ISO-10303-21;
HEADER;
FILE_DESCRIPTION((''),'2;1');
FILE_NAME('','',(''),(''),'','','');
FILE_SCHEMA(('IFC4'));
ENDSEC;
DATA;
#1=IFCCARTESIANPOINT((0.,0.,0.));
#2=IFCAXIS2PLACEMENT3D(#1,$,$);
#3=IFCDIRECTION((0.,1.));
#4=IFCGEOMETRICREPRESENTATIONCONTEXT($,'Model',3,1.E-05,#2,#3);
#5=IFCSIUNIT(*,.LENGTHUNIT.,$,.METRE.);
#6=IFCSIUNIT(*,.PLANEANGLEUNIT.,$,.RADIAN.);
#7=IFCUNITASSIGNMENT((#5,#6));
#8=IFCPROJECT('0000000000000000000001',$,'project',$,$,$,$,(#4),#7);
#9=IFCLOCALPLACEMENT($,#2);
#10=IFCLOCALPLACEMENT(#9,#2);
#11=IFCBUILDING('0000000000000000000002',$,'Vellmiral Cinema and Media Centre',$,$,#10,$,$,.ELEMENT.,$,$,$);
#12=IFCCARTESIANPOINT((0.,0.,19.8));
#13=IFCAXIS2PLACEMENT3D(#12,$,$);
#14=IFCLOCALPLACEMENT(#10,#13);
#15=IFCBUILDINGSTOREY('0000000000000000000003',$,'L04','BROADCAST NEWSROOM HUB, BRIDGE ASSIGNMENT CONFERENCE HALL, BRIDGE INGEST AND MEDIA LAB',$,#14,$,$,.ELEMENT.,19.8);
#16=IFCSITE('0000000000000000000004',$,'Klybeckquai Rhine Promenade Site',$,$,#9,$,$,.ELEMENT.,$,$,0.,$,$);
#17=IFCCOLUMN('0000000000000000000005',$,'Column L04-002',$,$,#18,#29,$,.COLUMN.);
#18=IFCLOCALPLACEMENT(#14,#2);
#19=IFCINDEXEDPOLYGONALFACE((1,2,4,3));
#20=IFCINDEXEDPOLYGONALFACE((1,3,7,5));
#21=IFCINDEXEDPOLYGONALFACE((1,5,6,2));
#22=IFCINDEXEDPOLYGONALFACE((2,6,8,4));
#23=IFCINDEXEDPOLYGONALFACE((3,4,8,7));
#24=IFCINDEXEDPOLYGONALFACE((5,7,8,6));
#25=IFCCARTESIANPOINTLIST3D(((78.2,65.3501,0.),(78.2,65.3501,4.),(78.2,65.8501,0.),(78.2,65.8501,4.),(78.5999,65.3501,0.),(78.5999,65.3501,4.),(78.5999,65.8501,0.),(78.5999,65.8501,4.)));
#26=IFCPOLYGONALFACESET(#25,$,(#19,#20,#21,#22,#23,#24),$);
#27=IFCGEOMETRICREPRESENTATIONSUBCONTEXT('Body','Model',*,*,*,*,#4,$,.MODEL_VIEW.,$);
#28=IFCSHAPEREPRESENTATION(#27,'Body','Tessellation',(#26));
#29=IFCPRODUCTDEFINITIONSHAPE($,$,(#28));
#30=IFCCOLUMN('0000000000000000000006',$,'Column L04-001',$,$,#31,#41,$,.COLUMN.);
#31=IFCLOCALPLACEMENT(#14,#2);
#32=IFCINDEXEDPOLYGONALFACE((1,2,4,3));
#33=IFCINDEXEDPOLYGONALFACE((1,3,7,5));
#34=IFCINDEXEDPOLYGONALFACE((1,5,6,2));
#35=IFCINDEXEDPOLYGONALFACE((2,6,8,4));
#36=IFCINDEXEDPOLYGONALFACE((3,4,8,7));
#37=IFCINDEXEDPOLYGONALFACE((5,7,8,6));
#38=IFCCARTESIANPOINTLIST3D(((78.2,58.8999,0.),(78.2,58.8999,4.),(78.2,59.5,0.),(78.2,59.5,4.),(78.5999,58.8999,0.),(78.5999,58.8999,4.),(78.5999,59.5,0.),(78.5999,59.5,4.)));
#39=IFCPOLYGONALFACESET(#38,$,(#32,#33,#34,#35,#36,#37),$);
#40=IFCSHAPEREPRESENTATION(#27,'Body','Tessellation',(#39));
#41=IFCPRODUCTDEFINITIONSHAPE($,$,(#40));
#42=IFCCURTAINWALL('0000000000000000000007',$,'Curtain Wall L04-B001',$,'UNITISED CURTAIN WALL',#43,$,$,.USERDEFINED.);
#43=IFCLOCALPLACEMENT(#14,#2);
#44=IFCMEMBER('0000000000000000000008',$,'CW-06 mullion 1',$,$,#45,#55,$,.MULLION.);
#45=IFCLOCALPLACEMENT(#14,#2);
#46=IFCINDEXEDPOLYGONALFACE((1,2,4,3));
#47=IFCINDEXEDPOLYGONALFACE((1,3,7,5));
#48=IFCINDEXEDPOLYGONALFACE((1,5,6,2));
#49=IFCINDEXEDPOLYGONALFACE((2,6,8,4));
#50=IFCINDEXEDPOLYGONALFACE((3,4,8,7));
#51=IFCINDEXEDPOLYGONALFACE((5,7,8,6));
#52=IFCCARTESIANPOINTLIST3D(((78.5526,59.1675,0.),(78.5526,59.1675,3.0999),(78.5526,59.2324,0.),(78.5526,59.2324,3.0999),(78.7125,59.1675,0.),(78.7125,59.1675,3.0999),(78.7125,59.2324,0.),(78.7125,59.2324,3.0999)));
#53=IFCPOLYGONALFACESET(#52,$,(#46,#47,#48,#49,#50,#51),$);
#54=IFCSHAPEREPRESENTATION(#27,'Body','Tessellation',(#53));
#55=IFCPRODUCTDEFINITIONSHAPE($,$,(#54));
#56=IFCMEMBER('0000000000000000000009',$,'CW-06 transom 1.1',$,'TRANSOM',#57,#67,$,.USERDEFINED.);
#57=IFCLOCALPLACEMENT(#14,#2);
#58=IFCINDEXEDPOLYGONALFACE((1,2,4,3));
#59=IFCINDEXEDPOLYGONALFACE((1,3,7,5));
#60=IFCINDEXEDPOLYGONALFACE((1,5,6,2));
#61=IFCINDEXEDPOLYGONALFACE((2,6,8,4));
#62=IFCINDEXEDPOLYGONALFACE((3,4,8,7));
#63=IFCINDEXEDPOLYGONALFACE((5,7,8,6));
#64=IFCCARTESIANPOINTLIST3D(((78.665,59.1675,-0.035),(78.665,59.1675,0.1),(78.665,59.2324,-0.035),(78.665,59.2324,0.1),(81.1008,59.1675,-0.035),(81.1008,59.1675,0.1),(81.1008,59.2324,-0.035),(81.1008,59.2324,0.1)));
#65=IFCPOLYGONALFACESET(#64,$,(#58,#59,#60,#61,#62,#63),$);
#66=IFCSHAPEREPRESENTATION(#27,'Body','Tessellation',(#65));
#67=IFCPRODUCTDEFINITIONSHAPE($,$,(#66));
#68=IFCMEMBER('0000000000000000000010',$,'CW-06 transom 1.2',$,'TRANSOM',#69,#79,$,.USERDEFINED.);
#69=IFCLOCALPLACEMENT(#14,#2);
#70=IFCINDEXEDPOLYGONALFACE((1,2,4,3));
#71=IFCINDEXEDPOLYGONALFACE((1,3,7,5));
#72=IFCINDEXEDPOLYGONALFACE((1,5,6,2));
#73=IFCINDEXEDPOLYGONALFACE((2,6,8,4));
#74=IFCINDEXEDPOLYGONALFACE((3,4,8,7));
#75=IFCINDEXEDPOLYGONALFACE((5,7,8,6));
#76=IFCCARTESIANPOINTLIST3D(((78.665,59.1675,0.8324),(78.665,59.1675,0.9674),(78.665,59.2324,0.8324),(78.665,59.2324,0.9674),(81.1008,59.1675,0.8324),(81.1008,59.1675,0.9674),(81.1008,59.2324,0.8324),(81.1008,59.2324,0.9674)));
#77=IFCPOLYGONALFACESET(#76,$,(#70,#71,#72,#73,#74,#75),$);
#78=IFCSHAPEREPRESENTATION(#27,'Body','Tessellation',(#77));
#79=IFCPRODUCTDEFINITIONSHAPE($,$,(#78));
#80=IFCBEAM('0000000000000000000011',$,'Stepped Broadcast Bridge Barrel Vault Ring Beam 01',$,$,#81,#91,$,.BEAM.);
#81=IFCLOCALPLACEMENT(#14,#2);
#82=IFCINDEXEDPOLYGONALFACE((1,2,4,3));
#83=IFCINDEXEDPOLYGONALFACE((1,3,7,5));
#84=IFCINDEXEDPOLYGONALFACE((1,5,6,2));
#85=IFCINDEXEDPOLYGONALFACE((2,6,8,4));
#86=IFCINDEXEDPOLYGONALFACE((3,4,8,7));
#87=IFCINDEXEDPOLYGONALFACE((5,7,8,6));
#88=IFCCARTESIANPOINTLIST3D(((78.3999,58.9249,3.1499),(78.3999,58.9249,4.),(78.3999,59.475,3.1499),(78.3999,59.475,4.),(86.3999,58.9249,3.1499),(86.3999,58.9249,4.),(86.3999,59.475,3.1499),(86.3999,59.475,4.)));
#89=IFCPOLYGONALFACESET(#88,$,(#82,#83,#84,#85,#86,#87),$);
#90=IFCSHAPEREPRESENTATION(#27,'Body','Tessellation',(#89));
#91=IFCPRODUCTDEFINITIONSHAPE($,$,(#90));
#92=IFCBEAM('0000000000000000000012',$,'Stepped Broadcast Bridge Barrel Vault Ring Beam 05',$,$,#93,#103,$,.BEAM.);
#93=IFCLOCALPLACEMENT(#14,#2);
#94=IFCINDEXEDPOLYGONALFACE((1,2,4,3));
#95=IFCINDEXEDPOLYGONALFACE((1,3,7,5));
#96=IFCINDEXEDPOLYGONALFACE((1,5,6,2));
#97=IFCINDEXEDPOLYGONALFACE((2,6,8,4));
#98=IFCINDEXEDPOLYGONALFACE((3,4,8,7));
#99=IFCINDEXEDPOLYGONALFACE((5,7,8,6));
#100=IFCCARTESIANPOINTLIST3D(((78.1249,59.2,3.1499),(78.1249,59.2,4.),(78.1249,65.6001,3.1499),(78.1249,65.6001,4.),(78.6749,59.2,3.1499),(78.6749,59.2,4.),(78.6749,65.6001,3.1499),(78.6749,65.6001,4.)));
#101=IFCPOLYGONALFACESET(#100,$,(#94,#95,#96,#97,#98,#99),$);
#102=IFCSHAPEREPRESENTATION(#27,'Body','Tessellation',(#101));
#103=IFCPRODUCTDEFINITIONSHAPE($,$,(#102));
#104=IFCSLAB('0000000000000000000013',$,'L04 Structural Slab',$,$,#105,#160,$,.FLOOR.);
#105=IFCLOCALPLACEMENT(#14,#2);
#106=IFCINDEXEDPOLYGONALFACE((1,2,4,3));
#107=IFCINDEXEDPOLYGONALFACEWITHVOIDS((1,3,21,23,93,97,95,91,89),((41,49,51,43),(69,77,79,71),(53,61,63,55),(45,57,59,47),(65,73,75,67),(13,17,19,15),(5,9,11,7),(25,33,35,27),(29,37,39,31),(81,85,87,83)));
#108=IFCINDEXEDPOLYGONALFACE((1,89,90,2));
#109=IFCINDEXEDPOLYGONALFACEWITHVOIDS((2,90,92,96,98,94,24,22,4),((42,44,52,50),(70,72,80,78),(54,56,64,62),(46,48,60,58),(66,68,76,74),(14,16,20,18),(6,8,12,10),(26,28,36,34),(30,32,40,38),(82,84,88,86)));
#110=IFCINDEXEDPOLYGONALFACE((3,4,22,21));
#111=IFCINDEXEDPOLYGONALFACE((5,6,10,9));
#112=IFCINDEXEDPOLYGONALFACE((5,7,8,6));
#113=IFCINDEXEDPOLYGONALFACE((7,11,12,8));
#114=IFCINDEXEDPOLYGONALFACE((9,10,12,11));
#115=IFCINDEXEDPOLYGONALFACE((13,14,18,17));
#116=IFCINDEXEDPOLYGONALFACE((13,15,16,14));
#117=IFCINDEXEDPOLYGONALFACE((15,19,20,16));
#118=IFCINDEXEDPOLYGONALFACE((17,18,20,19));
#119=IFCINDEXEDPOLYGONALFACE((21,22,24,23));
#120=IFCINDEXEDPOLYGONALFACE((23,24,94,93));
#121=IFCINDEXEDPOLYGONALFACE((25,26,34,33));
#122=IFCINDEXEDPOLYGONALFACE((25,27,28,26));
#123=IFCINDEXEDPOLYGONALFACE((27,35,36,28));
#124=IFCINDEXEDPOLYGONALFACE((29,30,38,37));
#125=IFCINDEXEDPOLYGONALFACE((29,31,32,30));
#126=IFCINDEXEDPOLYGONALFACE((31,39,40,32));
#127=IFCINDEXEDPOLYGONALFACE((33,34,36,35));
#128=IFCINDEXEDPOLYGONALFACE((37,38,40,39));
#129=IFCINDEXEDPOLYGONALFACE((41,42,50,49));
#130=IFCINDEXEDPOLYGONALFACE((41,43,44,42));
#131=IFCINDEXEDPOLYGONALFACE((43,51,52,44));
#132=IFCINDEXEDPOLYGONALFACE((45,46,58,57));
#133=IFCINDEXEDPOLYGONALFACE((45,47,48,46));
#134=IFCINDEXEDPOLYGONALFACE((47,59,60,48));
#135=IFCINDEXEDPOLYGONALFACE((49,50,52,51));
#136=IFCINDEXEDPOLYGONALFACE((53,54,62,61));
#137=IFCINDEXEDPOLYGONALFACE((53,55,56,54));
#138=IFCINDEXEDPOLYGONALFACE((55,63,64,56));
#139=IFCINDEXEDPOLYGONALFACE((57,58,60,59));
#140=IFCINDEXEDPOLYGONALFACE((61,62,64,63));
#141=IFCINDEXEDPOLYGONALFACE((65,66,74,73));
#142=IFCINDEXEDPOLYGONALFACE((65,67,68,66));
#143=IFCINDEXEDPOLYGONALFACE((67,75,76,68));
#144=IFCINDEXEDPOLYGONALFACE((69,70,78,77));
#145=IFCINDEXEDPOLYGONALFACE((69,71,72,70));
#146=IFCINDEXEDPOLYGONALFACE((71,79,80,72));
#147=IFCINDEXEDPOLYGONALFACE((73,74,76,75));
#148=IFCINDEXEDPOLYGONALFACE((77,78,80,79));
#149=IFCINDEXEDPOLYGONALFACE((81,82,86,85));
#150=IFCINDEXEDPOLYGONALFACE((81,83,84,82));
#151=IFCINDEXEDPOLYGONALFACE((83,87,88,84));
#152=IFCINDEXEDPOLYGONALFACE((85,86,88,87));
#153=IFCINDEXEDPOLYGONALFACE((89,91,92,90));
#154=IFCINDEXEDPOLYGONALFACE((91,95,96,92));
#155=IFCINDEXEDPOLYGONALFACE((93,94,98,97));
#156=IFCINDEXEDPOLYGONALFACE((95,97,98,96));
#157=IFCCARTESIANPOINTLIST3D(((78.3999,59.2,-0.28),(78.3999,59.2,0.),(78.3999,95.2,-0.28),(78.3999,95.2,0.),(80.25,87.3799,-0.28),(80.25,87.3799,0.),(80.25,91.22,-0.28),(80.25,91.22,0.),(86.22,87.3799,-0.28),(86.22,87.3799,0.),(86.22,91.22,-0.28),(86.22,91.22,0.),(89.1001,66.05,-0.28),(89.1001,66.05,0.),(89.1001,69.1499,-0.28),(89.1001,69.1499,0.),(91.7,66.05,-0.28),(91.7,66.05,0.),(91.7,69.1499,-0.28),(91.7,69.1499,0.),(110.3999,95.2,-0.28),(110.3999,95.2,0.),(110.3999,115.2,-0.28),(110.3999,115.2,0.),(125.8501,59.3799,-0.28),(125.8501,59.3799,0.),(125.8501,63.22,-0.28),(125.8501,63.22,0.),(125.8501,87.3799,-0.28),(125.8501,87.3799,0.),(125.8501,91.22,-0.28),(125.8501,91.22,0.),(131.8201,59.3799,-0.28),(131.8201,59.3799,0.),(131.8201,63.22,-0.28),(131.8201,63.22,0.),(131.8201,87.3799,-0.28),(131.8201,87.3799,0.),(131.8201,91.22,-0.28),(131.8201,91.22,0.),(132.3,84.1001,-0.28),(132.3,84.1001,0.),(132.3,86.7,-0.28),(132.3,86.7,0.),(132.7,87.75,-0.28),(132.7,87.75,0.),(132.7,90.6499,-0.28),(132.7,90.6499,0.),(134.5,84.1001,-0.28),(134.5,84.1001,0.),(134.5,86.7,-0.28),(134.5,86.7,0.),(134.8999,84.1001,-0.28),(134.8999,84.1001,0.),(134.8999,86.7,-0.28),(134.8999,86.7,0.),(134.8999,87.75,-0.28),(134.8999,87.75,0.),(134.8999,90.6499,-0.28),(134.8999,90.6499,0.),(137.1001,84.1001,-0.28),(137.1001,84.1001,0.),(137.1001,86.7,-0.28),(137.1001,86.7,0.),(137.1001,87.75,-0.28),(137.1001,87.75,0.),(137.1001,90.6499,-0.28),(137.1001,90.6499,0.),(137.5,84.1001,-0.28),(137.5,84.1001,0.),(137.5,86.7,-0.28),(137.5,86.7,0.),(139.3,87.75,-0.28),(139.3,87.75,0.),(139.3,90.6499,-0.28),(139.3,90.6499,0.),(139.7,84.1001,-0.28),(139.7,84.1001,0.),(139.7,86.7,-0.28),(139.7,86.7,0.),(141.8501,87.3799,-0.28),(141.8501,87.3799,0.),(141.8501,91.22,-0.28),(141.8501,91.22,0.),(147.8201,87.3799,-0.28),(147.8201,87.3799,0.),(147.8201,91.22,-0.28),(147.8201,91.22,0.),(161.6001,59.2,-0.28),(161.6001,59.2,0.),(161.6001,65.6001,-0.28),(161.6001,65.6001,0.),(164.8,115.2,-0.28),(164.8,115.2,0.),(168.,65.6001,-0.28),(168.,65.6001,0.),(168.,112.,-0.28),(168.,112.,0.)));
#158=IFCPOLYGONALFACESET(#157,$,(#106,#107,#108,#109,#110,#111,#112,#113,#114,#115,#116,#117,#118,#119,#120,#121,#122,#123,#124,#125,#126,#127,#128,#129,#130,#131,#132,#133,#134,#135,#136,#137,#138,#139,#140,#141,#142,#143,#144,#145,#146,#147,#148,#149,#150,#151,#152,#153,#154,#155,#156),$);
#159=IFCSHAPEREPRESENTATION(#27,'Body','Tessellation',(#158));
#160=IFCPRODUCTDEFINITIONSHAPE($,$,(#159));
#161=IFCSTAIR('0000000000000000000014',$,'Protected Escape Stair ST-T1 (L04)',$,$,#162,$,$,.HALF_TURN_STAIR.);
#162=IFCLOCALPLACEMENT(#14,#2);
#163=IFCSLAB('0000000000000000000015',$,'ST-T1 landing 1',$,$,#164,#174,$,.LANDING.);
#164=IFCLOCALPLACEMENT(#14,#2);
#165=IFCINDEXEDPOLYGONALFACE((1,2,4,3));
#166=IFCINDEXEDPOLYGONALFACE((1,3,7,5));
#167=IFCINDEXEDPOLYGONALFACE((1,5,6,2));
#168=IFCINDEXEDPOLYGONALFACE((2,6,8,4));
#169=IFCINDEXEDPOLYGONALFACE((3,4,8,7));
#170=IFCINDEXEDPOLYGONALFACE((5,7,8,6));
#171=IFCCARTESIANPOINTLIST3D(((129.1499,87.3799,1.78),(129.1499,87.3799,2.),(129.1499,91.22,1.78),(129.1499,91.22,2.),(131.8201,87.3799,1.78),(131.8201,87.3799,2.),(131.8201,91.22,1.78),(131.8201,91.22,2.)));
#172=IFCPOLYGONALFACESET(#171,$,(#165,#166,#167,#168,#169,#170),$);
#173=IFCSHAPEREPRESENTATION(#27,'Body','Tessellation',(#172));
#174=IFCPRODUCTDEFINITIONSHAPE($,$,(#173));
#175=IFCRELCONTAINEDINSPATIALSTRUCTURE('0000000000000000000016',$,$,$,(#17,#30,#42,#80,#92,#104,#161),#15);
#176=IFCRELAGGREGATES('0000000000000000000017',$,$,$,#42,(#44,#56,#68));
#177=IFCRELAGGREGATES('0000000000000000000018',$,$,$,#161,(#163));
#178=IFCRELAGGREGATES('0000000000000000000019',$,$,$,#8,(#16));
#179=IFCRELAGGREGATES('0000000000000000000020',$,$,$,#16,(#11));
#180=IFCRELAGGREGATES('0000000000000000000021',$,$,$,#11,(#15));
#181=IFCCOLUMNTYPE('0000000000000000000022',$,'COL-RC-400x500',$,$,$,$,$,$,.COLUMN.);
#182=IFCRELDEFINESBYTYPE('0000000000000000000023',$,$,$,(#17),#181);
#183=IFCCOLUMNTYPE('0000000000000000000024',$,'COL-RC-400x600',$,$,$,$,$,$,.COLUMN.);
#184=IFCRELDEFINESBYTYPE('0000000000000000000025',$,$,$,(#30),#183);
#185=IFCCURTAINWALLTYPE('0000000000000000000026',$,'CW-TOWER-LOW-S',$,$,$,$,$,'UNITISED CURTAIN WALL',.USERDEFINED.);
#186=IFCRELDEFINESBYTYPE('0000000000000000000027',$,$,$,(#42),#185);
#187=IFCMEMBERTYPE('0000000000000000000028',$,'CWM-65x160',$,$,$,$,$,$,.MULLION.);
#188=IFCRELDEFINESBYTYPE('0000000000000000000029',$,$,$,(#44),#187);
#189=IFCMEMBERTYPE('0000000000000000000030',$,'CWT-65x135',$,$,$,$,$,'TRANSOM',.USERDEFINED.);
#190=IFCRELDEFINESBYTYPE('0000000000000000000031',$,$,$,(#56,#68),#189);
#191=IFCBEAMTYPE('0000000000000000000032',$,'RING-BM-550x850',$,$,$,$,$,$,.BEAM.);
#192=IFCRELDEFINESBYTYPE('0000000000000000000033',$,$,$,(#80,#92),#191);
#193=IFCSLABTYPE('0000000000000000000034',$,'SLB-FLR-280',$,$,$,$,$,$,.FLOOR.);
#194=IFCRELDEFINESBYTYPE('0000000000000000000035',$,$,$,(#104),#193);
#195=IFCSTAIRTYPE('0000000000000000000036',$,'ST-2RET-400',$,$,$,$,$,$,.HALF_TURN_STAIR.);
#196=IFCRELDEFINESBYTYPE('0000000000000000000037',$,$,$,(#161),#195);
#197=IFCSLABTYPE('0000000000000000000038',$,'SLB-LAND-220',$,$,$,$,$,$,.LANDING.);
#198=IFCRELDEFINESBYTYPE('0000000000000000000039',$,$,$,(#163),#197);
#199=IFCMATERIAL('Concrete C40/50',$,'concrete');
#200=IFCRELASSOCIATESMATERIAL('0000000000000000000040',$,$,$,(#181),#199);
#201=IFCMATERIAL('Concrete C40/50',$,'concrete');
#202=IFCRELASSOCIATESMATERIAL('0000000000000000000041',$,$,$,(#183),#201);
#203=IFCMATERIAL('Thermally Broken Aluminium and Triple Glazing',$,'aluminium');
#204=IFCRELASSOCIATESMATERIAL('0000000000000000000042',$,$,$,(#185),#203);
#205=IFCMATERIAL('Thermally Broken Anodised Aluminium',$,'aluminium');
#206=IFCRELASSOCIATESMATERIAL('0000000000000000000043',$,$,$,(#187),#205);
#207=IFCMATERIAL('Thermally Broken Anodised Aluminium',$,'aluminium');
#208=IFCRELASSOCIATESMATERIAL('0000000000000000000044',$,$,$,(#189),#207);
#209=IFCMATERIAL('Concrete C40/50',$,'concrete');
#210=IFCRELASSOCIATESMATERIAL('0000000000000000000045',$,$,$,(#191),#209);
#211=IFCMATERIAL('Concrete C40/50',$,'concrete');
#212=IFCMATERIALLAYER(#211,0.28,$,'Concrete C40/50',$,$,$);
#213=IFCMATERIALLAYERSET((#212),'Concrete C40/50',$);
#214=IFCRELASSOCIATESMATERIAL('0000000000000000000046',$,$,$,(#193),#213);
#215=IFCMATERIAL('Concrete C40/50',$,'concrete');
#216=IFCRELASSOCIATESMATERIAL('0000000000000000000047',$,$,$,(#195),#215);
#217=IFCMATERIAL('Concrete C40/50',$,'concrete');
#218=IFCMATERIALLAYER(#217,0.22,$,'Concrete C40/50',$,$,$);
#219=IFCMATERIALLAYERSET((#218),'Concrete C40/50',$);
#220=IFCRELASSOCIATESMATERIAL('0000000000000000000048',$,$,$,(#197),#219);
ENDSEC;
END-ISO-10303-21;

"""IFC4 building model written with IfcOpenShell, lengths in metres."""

from ifc_helpers import new_model, si_unit, direction, frame, origin, origin_2d, place, context, subcontext, project, spatial, polyline, rectangle, outline, extrude, material, layer, layer_set, material_profile, profile_set, type_object, element, aggregate, save


model = new_model("IFC4")

# Units and contexts
model_context = context("Model", 3, precision=1e-05, world=origin(), true_north=direction((0.0, 1.0)))
body_context = subcontext(model_context, "Body", "Model", "MODEL_VIEW")
ifc_project = project(units=[si_unit("LENGTHUNIT", "METRE"), si_unit("PLANEANGLEUNIT", "RADIAN")], contexts=[model_context])

# Site, building, storey
site_placement = place(None, origin())
site = spatial("IfcSite", under=ifc_project, at=site_placement, Name="Klybeckquai Rhine Promenade Site", CompositionType="ELEMENT", RefElevation=0.0)
building_placement = place(site_placement, origin())
building = spatial("IfcBuilding", under=site, at=building_placement, Name="Vellmiral Cinema and Media Centre", CompositionType="ELEMENT")
storey_placement = place(building_placement, frame((0.0, 0.0, 19.8)))
storey = spatial("IfcBuildingStorey", under=building, at=storey_placement, Name="L04", Description="BROADCAST NEWSROOM HUB, BRIDGE ASSIGNMENT CONFERENCE HALL, BRIDGE INGEST AND MEDIA LAB", CompositionType="ELEMENT", Elevation=19.8)

# Columns
ifc_material_1 = material(Name="Concrete C40/50", Category="concrete")
ifc_material_profile_1 = material_profile(ifc_material_1, rectangle(XDim=0.3999, YDim=0.5, at=origin_2d()), Name="RC 400x500")
ifc_profile_set_1 = profile_set([ifc_material_profile_1], Name="Concrete C40/50")
column_type_1 = type_object("IfcColumnType", Name="COL-RC-400x500", PredefinedType="COLUMN", material=ifc_profile_set_1)
column_1_placement = place(storey_placement, frame((78.3999, 65.6001, 0.0), z_axis=(0.0, 0.0, 1.0), x_axis=(1.0, 0.0, 0.0)))
element("IfcColumn", 1, at=column_1_placement, inside=storey, type_object=column_type_1, Name="Column L04-002", PredefinedType="COLUMN", context=body_context, shape_type="SweptSolid", body=[
    extrude(rectangle(XDim=0.3999, YDim=0.5, at=origin_2d()), origin(), (0.0, 0.0, 1.0), 4.0),
])
ifc_material_2 = material(Name="Concrete C40/50", Category="concrete")
ifc_material_profile_2 = material_profile(ifc_material_2, rectangle(XDim=0.3999, YDim=0.6001, at=origin_2d()), Name="RC 400x600")
ifc_profile_set_2 = profile_set([ifc_material_profile_2], Name="Concrete C40/50")
column_type_2 = type_object("IfcColumnType", Name="COL-RC-400x600", PredefinedType="COLUMN", material=ifc_profile_set_2)
column_2_placement = place(storey_placement, frame((78.3999, 59.2, 0.0), z_axis=(0.0, 0.0, 1.0), x_axis=(1.0, 0.0, 0.0)))
element("IfcColumn", 2, at=column_2_placement, inside=storey, type_object=column_type_2, Name="Column L04-001", PredefinedType="COLUMN", context=body_context, shape_type="SweptSolid", body=[
    extrude(rectangle(XDim=0.3999, YDim=0.6001, at=origin_2d()), origin(), (0.0, 0.0, 1.0), 4.0),
])

# Curtain wall, members
ifc_material_3 = material(Name="Thermally Broken Aluminium and Triple Glazing", Category="aluminium")
curtain_wall_type = type_object("IfcCurtainWallType", Name="CW-TOWER-LOW-S", ElementType="UNITISED CURTAIN WALL", PredefinedType="USERDEFINED", material=ifc_material_3)
curtain_wall_placement = place(storey_placement, origin())
curtain_wall = element("IfcCurtainWall", 3, at=curtain_wall_placement, inside=storey, type_object=curtain_wall_type, Name="Curtain Wall L04-B001", ObjectType="UNITISED CURTAIN WALL", PredefinedType="USERDEFINED")
ifc_material_4 = material(Name="Thermally Broken Anodised Aluminium", Category="aluminium")
ifc_material_profile_3 = material_profile(ifc_material_4, rectangle(XDim=0.0649, YDim=0.1599, at=origin_2d()), Name="MULL 65x160")
ifc_profile_set_3 = profile_set([ifc_material_profile_3], Name="Thermally Broken Anodised Aluminium")
member_type_1 = type_object("IfcMemberType", Name="CWM-65x160", PredefinedType="MULLION", material=ifc_profile_set_3)
member_1_placement = place(storey_placement, frame((78.6326, 59.2, 0.0), z_axis=(0.0, 0.0, 1.0), x_axis=(0.0, 1.0, 0.0)))
member_1 = element("IfcMember", 4, at=member_1_placement, type_object=member_type_1, Name="CW-06 mullion 1", PredefinedType="MULLION", context=body_context, shape_type="SweptSolid", body=[
    extrude(rectangle(XDim=0.0649, YDim=0.1599, at=origin_2d()), origin(), (0.0, 0.0, 1.0), 3.0999),
])
ifc_material_5 = material(Name="Thermally Broken Anodised Aluminium", Category="aluminium")
ifc_material_profile_4 = material_profile(ifc_material_5, rectangle(XDim=0.0649, YDim=0.135, at=origin_2d()), Name="MULL 65x135")
ifc_profile_set_4 = profile_set([ifc_material_profile_4], Name="Thermally Broken Anodised Aluminium")
member_type_2 = type_object("IfcMemberType", Name="CWT-65x135", ElementType="TRANSOM", PredefinedType="USERDEFINED", material=ifc_profile_set_4)
member_2_placement = place(storey_placement, frame((78.665, 59.2, 0.0325), z_axis=(1.0, 0.0, 0.0), x_axis=(0.0, 1.0, 0.0)))
member_2 = element("IfcMember", 5, at=member_2_placement, type_object=member_type_2, Name="CW-06 transom 1.1", ObjectType="TRANSOM", PredefinedType="USERDEFINED", context=body_context, shape_type="SweptSolid", body=[
    extrude(rectangle(XDim=0.0649, YDim=0.135, at=origin_2d()), origin(), (0.0, 0.0, 1.0), 2.4358),
])
member_3_placement = place(storey_placement, frame((78.665, 59.2, 0.8999), z_axis=(1.0, 0.0, 0.0), x_axis=(0.0, 1.0, 0.0)))
member_3 = element("IfcMember", 6, at=member_3_placement, type_object=member_type_2, Name="CW-06 transom 1.2", ObjectType="TRANSOM", PredefinedType="USERDEFINED", context=body_context, shape_type="SweptSolid", body=[
    extrude(rectangle(XDim=0.0649, YDim=0.135, at=origin_2d()), origin(), (0.0, 0.0, 1.0), 2.4358),
])
aggregate(curtain_wall, [member_1, member_2, member_3])

# Beams
ifc_material_6 = material(Name="Concrete C40/50", Category="concrete")
ifc_material_profile_5 = material_profile(ifc_material_6, rectangle(XDim=0.55, YDim=0.8501, at=origin_2d()), Name="RC 550x850")
ifc_profile_set_5 = profile_set([ifc_material_profile_5], Name="Concrete C40/50")
beam_type = type_object("IfcBeamType", Name="RING-BM-550x850", PredefinedType="BEAM", material=ifc_profile_set_5)
beam_1_placement = place(storey_placement, frame((78.3999, 59.2, 3.575), z_axis=(1.0, 0.0, 0.0), x_axis=(0.0, 1.0, 0.0)))
element("IfcBeam", 7, at=beam_1_placement, inside=storey, type_object=beam_type, Name="Stepped Broadcast Bridge Barrel Vault Ring Beam 01", PredefinedType="BEAM", context=body_context, shape_type="SweptSolid", body=[
    extrude(rectangle(XDim=0.55, YDim=0.8501, at=origin_2d()), origin(), (0.0, 0.0, 1.0), 8.0),
])
beam_2_placement = place(storey_placement, frame((78.3999, 59.2, 3.575), z_axis=(0.0, 1.0, 0.0), x_axis=(-1.0, 0.0, 0.0)))
element("IfcBeam", 8, at=beam_2_placement, inside=storey, type_object=beam_type, Name="Stepped Broadcast Bridge Barrel Vault Ring Beam 05", PredefinedType="BEAM", context=body_context, shape_type="SweptSolid", body=[
    extrude(rectangle(XDim=0.55, YDim=0.8501, at=origin_2d()), origin(), (0.0, 0.0, 1.0), 6.4001),
])

# Slab
ifc_material_7 = material(Name="Concrete C40/50", Category="concrete")
ifc_layer_1 = layer(ifc_material_7, 0.28, Name="Concrete C40/50")
ifc_layer_set_1 = layer_set([ifc_layer_1], Name="Concrete C40/50")
slab_type_1 = type_object("IfcSlabType", Name="SLB-FLR-280", PredefinedType="FLOOR", material=ifc_layer_set_1)
slab_1_placement = place(storey_placement, frame((0.0, 0.0, -0.28)))
element("IfcSlab", 9, at=slab_1_placement, inside=storey, type_object=slab_type_1, Name="L04 Structural Slab", PredefinedType="FLOOR", context=body_context, shape_type="SweptSolid", body=[
    extrude(outline(polyline([(78.3999, 59.2), (161.6001, 59.2), (161.6001, 65.6001), (168.0, 65.6001), (168.0, 112.0), (164.8, 115.2), (110.3999, 115.2), (110.3999, 95.2), (78.3999, 95.2), (78.3999, 59.2)]), holes=[polyline([(80.25, 87.3799), (86.22, 87.3799), (86.22, 91.22), (80.25, 91.22), (80.25, 87.3799)]), polyline([(125.8501, 59.3799), (131.8201, 59.3799), (131.8201, 63.22), (125.8501, 63.22), (125.8501, 59.3799)]), polyline([(125.8501, 87.3799), (131.8201, 87.3799), (131.8201, 91.22), (125.8501, 91.22), (125.8501, 87.3799)]), polyline([(141.8501, 87.3799), (147.8201, 87.3799), (147.8201, 91.22), (141.8501, 91.22), (141.8501, 87.3799)]), polyline([(132.7, 87.75), (134.8999, 87.75), (134.8999, 90.6499), (132.7, 90.6499), (132.7, 87.75)]), polyline([(137.1001, 87.75), (139.3, 87.75), (139.3, 90.6499), (137.1001, 90.6499), (137.1001, 87.75)]), polyline([(132.3, 84.1001), (134.5, 84.1001), (134.5, 86.7), (132.3, 86.7), (132.3, 84.1001)]), polyline([(134.8999, 84.1001), (137.1001, 84.1001), (137.1001, 86.7), (134.8999, 86.7), (134.8999, 84.1001)]), polyline([(137.5, 84.1001), (139.7, 84.1001), (139.7, 86.7), (137.5, 86.7), (137.5, 84.1001)]), polyline([(89.1001, 66.05), (91.7, 66.05), (91.7, 69.1499), (89.1001, 69.1499), (89.1001, 66.05)])]), origin(), (0.0, 0.0, 1.0), 0.28),
])

# Stair, slab
ifc_material_8 = material(Name="Concrete C40/50", Category="concrete")
stair_type = type_object("IfcStairType", Name="ST-2RET-400", PredefinedType="HALF_TURN_STAIR", material=ifc_material_8)
stair_1_placement = place(storey_placement, origin())
stair_1 = element("IfcStair", 10, at=stair_1_placement, inside=storey, type_object=stair_type, Name="Protected Escape Stair ST-T1 (L04)", PredefinedType="HALF_TURN_STAIR")
ifc_material_9 = material(Name="Concrete C40/50", Category="concrete")
ifc_layer_2 = layer(ifc_material_9, 0.22, Name="Concrete C40/50")
ifc_layer_set_2 = layer_set([ifc_layer_2], Name="Concrete C40/50")
slab_type_2 = type_object("IfcSlabType", Name="SLB-LAND-220", PredefinedType="LANDING", material=ifc_layer_set_2)
slab_2_placement = place(storey_placement, frame((0.0, 0.0, 1.78)))
slab_2 = element("IfcSlab", 11, at=slab_2_placement, type_object=slab_type_2, Name="ST-T1 landing 1", PredefinedType="LANDING", context=body_context, shape_type="SweptSolid", body=[
    extrude(outline(polyline([(129.1499, 87.3799), (131.8201, 87.3799), (131.8201, 91.22), (129.1499, 91.22), (129.1499, 87.3799)])), origin(), (0.0, 0.0, 1.0), 0.22),
])
aggregate(stair_1, [slab_2])

save(model, "model.ifc")
